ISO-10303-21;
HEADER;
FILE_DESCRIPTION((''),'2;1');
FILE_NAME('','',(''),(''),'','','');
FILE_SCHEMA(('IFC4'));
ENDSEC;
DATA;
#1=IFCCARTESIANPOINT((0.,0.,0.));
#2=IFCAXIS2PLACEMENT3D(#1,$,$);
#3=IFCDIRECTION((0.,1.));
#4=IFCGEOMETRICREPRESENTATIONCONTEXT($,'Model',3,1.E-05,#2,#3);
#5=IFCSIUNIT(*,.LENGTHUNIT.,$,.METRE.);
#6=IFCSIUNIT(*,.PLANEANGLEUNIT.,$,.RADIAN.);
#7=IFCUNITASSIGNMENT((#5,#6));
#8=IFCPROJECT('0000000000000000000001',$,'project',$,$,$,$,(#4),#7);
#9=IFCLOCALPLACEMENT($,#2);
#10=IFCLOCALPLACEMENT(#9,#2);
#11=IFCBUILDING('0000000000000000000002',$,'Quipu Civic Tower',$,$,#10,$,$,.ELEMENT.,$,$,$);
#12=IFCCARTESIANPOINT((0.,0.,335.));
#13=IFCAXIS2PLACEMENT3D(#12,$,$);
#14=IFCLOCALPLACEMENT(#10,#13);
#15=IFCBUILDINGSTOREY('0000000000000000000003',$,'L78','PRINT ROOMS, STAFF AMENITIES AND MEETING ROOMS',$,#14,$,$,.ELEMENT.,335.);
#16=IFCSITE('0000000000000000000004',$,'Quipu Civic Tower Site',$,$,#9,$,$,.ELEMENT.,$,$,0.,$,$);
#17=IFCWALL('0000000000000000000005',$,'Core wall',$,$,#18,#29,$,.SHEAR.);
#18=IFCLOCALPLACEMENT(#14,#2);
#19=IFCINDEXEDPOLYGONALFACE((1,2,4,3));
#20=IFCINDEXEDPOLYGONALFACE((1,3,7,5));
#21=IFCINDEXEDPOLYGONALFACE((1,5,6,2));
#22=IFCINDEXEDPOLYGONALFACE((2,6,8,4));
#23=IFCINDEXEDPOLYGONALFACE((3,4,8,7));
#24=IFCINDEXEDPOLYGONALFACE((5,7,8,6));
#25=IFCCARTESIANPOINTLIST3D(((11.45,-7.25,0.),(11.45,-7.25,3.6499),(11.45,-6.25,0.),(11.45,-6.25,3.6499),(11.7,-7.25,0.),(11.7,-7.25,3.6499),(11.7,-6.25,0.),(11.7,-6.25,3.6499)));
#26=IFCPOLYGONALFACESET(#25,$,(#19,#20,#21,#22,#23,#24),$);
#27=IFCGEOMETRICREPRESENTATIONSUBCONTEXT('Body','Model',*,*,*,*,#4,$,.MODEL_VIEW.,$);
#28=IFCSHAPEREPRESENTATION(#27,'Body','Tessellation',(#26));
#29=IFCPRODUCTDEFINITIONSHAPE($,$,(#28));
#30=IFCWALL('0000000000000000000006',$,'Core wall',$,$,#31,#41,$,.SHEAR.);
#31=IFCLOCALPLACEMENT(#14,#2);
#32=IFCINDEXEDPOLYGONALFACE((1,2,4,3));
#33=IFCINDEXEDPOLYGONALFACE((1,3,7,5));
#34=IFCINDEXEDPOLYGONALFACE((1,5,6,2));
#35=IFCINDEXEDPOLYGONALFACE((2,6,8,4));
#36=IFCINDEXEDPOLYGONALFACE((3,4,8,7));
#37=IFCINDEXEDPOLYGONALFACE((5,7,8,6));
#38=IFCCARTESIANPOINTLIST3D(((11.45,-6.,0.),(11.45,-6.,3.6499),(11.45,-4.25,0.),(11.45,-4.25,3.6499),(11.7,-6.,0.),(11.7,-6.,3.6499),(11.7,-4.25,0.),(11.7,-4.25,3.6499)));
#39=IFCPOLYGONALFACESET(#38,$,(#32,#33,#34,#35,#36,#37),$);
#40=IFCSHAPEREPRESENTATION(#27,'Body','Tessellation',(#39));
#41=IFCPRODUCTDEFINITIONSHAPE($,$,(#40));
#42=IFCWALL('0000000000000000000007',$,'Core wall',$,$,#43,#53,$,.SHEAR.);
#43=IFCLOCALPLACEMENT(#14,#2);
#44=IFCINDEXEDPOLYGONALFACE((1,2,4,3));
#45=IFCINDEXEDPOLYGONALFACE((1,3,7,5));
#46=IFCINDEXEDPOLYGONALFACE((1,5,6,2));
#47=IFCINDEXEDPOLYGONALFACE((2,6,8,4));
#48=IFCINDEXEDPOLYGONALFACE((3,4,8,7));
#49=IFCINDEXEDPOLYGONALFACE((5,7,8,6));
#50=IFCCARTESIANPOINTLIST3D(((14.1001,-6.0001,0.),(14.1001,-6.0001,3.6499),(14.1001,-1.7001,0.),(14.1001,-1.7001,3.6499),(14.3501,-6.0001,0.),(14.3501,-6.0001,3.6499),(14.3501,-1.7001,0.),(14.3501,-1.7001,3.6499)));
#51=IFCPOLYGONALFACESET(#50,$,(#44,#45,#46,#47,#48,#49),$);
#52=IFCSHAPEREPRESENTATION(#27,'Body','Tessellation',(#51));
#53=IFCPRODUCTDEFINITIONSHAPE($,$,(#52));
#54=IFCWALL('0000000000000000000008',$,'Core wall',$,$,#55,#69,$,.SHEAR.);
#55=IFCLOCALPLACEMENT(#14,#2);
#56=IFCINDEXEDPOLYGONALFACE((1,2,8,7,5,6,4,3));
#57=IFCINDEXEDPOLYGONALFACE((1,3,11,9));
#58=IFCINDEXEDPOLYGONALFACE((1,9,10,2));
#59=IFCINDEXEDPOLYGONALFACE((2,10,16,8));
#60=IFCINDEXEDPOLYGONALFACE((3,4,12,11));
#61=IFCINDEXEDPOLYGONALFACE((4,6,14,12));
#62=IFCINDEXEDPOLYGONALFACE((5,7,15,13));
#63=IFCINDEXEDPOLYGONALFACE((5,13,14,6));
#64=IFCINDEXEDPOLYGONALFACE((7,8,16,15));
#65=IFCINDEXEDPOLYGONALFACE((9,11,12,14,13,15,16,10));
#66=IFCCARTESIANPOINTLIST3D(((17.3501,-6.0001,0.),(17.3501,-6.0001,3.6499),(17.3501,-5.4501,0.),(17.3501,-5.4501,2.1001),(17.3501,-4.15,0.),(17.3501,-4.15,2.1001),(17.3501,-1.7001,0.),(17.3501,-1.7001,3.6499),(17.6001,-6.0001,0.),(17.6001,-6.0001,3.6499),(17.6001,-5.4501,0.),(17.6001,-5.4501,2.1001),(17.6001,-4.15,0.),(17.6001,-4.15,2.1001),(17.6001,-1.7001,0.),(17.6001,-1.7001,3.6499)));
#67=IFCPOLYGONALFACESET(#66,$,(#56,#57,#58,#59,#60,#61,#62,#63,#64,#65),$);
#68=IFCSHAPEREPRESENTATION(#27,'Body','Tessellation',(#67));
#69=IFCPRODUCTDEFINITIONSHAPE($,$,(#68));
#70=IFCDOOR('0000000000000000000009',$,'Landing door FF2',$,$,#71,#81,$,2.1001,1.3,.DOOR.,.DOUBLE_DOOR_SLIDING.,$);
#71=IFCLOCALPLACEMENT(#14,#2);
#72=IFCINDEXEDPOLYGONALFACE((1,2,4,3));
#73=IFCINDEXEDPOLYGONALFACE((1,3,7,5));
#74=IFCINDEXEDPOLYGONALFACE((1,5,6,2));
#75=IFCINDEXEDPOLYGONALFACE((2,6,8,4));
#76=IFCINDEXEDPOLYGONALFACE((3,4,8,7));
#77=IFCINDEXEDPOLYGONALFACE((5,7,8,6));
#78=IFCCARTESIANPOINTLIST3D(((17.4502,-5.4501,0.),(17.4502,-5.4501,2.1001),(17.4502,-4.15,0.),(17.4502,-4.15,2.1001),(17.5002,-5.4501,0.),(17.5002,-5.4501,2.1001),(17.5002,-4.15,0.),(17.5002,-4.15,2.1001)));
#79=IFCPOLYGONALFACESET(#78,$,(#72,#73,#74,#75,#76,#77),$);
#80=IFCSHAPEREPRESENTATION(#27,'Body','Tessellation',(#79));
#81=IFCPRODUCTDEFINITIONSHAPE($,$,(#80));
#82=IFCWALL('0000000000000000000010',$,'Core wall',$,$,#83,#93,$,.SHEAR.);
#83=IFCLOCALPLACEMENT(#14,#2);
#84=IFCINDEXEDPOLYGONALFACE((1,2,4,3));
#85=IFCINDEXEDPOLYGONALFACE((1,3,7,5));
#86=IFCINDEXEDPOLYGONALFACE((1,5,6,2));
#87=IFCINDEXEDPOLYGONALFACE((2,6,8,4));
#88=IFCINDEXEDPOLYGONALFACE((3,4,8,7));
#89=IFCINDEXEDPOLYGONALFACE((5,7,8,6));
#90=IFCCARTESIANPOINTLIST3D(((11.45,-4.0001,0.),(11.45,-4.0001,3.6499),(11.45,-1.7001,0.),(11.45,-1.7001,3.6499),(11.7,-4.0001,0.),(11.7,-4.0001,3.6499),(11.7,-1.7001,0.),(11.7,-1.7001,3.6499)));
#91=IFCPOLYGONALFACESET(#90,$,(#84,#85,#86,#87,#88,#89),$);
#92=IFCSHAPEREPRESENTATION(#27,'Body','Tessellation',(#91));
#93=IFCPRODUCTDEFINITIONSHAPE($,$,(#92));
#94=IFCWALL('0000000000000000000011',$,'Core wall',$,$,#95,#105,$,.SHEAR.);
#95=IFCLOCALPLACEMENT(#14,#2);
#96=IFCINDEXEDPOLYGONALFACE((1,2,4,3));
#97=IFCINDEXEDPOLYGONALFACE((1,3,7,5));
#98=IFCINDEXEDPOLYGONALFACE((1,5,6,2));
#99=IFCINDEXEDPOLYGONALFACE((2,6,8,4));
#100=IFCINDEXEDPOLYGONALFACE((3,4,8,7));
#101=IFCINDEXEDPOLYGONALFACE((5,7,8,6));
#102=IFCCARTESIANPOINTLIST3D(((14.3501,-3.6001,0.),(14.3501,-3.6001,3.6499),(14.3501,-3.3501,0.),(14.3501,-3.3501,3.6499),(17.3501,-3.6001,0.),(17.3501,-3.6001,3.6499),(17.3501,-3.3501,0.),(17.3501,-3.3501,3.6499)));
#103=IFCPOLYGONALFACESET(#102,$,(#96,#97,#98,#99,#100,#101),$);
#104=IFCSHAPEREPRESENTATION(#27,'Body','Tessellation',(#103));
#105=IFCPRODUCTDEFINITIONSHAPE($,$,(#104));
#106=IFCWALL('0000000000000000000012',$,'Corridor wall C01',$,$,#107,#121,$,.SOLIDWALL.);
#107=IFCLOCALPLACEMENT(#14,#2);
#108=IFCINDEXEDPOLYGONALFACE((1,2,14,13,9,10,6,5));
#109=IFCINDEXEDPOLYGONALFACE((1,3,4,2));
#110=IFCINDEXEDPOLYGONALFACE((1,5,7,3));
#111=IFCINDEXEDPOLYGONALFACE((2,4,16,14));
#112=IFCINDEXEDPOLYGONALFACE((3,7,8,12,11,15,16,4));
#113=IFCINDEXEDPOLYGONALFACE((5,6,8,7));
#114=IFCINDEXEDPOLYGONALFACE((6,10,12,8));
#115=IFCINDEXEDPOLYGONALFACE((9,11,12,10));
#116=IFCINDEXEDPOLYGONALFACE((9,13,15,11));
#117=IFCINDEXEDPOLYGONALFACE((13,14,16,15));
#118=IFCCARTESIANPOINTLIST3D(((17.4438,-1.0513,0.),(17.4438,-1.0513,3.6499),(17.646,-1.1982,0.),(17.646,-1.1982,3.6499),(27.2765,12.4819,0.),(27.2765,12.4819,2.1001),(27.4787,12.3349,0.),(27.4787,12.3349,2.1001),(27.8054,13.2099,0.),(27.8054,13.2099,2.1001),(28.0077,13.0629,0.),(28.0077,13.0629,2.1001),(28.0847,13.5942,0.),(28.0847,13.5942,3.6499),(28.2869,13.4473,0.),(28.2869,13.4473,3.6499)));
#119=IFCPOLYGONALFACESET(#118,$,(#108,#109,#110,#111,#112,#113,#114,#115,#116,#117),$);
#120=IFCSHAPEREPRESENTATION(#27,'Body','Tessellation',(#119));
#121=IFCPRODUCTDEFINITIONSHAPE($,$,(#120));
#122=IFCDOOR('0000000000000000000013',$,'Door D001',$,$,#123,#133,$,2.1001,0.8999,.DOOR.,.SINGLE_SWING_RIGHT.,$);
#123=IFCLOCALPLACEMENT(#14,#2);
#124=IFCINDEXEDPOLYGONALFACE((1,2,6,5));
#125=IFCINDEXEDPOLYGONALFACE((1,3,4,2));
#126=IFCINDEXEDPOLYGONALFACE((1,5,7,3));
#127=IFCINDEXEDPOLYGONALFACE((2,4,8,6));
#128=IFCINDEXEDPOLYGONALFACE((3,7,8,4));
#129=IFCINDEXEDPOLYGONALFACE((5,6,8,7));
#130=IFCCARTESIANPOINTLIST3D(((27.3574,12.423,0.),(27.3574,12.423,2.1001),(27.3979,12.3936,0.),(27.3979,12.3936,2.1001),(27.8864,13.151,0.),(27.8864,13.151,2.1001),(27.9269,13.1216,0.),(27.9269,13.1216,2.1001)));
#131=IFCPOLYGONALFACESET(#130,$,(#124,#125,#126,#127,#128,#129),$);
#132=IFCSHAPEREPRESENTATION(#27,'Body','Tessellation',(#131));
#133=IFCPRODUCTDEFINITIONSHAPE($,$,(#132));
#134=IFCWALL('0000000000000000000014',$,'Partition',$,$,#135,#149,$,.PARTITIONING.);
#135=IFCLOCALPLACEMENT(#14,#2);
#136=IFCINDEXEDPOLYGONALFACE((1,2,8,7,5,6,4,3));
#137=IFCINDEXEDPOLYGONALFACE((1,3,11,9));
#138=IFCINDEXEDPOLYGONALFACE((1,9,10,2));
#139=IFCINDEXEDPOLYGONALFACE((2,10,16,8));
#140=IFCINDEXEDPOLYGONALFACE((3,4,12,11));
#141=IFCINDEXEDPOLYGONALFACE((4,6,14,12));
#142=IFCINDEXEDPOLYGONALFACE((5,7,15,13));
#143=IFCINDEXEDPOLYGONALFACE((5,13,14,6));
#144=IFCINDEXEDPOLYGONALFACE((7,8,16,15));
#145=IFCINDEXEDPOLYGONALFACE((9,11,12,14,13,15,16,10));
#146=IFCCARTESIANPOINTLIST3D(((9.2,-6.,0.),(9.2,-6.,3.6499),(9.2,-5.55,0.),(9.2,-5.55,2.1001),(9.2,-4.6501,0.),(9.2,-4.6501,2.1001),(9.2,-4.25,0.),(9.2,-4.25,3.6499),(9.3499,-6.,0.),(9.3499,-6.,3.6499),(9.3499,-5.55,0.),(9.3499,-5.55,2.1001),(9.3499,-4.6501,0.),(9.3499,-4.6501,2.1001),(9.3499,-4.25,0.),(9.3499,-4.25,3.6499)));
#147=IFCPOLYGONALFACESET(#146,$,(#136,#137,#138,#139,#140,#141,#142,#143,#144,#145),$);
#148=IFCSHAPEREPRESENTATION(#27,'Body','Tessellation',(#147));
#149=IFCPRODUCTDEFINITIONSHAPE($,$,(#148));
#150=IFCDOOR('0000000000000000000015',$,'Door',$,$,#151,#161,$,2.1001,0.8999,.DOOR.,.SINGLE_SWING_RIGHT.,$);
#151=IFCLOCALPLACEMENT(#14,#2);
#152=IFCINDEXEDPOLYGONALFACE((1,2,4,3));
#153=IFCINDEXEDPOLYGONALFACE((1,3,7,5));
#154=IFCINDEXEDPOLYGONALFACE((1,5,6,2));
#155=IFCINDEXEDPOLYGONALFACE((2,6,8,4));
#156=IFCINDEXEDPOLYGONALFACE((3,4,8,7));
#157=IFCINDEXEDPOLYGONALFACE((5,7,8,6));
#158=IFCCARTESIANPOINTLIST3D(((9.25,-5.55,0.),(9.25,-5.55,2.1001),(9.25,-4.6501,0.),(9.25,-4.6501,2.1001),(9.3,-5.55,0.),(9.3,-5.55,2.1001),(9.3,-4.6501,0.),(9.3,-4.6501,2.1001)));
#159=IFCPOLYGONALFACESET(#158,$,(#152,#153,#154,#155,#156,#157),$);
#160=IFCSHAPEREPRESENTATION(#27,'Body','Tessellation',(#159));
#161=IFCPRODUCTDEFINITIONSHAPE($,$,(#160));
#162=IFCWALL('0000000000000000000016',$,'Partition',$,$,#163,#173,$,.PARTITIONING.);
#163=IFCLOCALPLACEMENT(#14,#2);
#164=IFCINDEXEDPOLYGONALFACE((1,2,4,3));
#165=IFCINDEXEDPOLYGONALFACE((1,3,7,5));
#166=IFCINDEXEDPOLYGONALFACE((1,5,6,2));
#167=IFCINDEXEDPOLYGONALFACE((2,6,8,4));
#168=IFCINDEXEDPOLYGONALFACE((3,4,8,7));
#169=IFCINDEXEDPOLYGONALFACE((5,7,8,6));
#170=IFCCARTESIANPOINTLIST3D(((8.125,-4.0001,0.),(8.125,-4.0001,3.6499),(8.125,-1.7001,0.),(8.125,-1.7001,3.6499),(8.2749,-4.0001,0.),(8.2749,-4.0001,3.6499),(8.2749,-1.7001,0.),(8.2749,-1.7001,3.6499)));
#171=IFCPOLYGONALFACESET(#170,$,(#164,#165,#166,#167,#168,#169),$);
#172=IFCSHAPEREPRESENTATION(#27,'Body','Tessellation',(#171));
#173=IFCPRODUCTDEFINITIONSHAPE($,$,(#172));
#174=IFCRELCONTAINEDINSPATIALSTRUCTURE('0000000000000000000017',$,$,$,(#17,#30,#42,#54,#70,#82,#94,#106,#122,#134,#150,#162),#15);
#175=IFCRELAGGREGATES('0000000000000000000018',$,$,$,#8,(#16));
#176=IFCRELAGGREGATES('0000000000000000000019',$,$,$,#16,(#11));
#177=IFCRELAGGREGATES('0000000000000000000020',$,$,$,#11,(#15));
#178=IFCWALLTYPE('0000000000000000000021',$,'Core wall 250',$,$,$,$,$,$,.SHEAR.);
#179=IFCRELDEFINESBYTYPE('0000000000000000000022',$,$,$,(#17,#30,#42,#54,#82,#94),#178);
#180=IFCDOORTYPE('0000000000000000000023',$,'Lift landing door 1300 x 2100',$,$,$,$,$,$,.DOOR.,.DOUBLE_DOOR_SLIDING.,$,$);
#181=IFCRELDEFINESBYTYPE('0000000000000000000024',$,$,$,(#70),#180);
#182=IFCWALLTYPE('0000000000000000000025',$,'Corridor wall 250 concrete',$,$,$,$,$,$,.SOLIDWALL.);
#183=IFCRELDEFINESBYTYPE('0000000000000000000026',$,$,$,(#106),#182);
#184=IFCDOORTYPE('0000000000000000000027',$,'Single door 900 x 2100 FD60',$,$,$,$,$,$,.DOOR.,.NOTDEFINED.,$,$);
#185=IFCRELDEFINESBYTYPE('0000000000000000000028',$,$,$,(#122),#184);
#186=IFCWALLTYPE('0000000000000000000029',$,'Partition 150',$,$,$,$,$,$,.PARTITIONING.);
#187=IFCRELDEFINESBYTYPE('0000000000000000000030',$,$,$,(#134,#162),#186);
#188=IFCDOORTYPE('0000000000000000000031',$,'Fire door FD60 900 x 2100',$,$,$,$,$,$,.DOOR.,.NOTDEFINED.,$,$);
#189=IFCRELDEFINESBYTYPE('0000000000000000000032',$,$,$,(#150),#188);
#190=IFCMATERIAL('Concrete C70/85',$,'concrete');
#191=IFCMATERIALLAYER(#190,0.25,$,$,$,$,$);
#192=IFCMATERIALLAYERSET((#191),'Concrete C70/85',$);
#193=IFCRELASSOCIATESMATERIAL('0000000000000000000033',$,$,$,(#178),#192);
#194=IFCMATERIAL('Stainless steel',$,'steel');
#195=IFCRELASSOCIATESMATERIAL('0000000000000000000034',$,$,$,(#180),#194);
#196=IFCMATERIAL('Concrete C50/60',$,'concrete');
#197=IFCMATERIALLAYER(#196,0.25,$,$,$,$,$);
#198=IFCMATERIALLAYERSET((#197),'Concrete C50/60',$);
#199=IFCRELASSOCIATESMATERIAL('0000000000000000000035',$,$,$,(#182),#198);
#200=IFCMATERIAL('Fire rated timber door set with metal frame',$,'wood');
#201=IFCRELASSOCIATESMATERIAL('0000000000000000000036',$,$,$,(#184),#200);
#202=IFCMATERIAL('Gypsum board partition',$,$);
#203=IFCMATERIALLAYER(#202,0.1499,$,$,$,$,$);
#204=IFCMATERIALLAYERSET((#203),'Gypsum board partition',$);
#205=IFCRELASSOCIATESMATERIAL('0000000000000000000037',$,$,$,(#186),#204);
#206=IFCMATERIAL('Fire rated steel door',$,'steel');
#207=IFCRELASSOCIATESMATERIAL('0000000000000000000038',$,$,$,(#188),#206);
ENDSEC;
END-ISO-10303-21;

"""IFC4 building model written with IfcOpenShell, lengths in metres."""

from ifc_helpers import new_model, si_unit, direction, frame, frame_2d, origin, place, context, subcontext, project, spatial, rectangle, extrude, material, layer, layer_set, type_object, element, fill, save


model = new_model("IFC4")

# Units and contexts
model_context = context("Model", 3, precision=1e-05, world=origin(), true_north=direction((0.0, 1.0)))
body_context = subcontext(model_context, "Body", "Model", "MODEL_VIEW")
ifc_project = project(units=[si_unit("LENGTHUNIT", "METRE"), si_unit("PLANEANGLEUNIT", "RADIAN")], contexts=[model_context])

# Site, building, storey
site_placement = place(None, origin())
site = spatial("IfcSite", under=ifc_project, at=site_placement, Name="Quipu Civic Tower Site", CompositionType="ELEMENT", RefElevation=0.0)
building_placement = place(site_placement, origin())
building = spatial("IfcBuilding", under=site, at=building_placement, Name="Quipu Civic Tower", CompositionType="ELEMENT")
storey_placement = place(building_placement, frame((0.0, 0.0, 335.0)))
storey = spatial("IfcBuildingStorey", under=building, at=storey_placement, Name="L78", Description="PRINT ROOMS, STAFF AMENITIES AND MEETING ROOMS", CompositionType="ELEMENT", Elevation=335.0)

# Walls
ifc_material_1 = material(Name="Concrete C70/85", Category="concrete")
ifc_layer_1 = layer(ifc_material_1, 0.25)
ifc_layer_set_1 = layer_set([ifc_layer_1], Name="Concrete C70/85")
wall_type_1 = type_object("IfcWallType", Name="Core wall 250", PredefinedType="SHEAR", material=ifc_layer_set_1)
wall_1_placement = place(storey_placement, frame((11.575, -7.25, 0.0), z_axis=(0.0, 0.0, 1.0), x_axis=(0.0, 1.0, 0.0)))
element("IfcWall", 1, at=wall_1_placement, inside=storey, type_object=wall_type_1, Name="Core wall", PredefinedType="SHEAR", context=body_context, shape_type="SweptSolid", body=[
    extrude(rectangle(XDim=1.0, YDim=0.25, at=frame_2d((0.5, 0.0))), origin(), (0.0, 0.0, 1.0), 3.6499),
])
wall_2_placement = place(storey_placement, frame((11.575, -6.0, 0.0), z_axis=(0.0, 0.0, 1.0), x_axis=(0.0, 1.0, 0.0)))
element("IfcWall", 2, at=wall_2_placement, inside=storey, type_object=wall_type_1, Name="Core wall", PredefinedType="SHEAR", context=body_context, shape_type="SweptSolid", body=[
    extrude(rectangle(XDim=1.75, YDim=0.25, at=frame_2d((0.875, 0.0))), origin(), (0.0, 0.0, 1.0), 3.6499),
])
wall_3_placement = place(storey_placement, frame((14.2251, -6.0, 0.0), z_axis=(0.0, 0.0, 1.0), x_axis=(0.0, 1.0, 0.0)))
element("IfcWall", 3, at=wall_3_placement, inside=storey, type_object=wall_type_1, Name="Core wall", PredefinedType="SHEAR", context=body_context, shape_type="SweptSolid", body=[
    extrude(rectangle(XDim=4.3, YDim=0.25, at=frame_2d((2.1499, 0.0))), origin(), (0.0, 0.0, 1.0), 3.6499),
])

# Wall, opening, door
wall_4_placement = place(storey_placement, frame((17.4751, -6.0, 0.0), z_axis=(0.0, 0.0, 1.0), x_axis=(0.0, 1.0, 0.0)))
wall_4 = element("IfcWall", 4, at=wall_4_placement, inside=storey, type_object=wall_type_1, Name="Core wall", PredefinedType="SHEAR", context=body_context, shape_type="SweptSolid", body=[
    extrude(rectangle(XDim=4.3, YDim=0.25, at=frame_2d((2.1499, 0.0))), origin(), (0.0, 0.0, 1.0), 3.6499),
])
opening_1_placement = place(wall_4_placement, frame((0.55, 0.0, 0.0)))
opening_1 = element("IfcOpeningElement", 5, at=opening_1_placement, cuts=wall_4, PredefinedType="OPENING", context=body_context, shape_type="SweptSolid", body=[
    extrude(rectangle(XDim=1.3, YDim=2.1001, at=frame_2d((0.6499, 1.05))), frame((0.0, 0.135, 0.0), z_axis=(0.0, -1.0, 0.0), x_axis=(1.0, 0.0, 0.0)), (0.0, 0.0, 1.0), 0.27),
])
ifc_material_2 = material(Name="Stainless steel", Category="steel")
door_type_1 = type_object("IfcDoorType", Name="Lift landing door 1300 x 2100", OperationType="DOUBLE_DOOR_SLIDING", PredefinedType="DOOR", material=ifc_material_2)
door_1_placement = place(opening_1_placement, origin())
door_1 = element("IfcDoor", 6, at=door_1_placement, inside=storey, type_object=door_type_1, Name="Landing door FF2", OperationType="DOUBLE_DOOR_SLIDING", OverallHeight=2.1001, OverallWidth=1.3, PredefinedType="DOOR", context=body_context, shape_type="SweptSolid", body=[
    extrude(rectangle(XDim=1.3, YDim=2.1001, at=frame_2d((0.6499, 1.05))), frame((0.0, 0.0249, 0.0), z_axis=(0.0, -1.0, 0.0), x_axis=(1.0, 0.0, 0.0)), (0.0, 0.0, 1.0), 0.05),
])
fill(opening_1, door_1)

# Walls
wall_5_placement = place(storey_placement, frame((11.575, -4.0, 0.0), z_axis=(0.0, 0.0, 1.0), x_axis=(0.0, 1.0, 0.0)))
element("IfcWall", 7, at=wall_5_placement, inside=storey, type_object=wall_type_1, Name="Core wall", PredefinedType="SHEAR", context=body_context, shape_type="SweptSolid", body=[
    extrude(rectangle(XDim=2.3, YDim=0.25, at=frame_2d((1.1499, 0.0))), origin(), (0.0, 0.0, 1.0), 3.6499),
])
wall_6_placement = place(storey_placement, frame((14.3501, -3.4751, 0.0), z_axis=(0.0, 0.0, 1.0), x_axis=(1.0, 0.0, 0.0)))
element("IfcWall", 8, at=wall_6_placement, inside=storey, type_object=wall_type_1, Name="Core wall", PredefinedType="SHEAR", context=body_context, shape_type="SweptSolid", body=[
    extrude(rectangle(XDim=3.0, YDim=0.25, at=frame_2d((1.5, 0.0))), origin(), (0.0, 0.0, 1.0), 3.6499),
])

# Walls, openings, doors
ifc_material_3 = material(Name="Concrete C50/60", Category="concrete")
ifc_layer_2 = layer(ifc_material_3, 0.25)
ifc_layer_set_2 = layer_set([ifc_layer_2], Name="Concrete C50/60")
wall_type_2 = type_object("IfcWallType", Name="Corridor wall 250 concrete", PredefinedType="SOLIDWALL", material=ifc_layer_set_2)
wall_7_placement = place(storey_placement, frame((17.5449, -1.1248, 0.0), z_axis=(0.0, 0.0, 1.0), x_axis=(0.587796, 0.80901, 0.0)))
wall_7 = element("IfcWall", 9, at=wall_7_placement, inside=storey, type_object=wall_type_2, Name="Corridor wall C01", PredefinedType="SOLIDWALL", context=body_context, shape_type="SweptSolid", body=[
    extrude(rectangle(XDim=18.103, YDim=0.25, at=frame_2d((9.0515, 0.0))), origin(), (0.0, 0.0, 1.0), 3.6499),
])
opening_2_placement = place(wall_7_placement, frame((16.728, 0.0, 0.0)))
opening_2 = element("IfcOpeningElement", 10, at=opening_2_placement, cuts=wall_7, PredefinedType="OPENING", context=body_context, shape_type="SweptSolid", body=[
    extrude(rectangle(XDim=0.8999, YDim=2.1001, at=frame_2d((0.45, 1.05))), frame((0.0, 0.135, 0.0), z_axis=(0.0, -1.0, 0.0), x_axis=(1.0, 0.0, 0.0)), (0.0, 0.0, 1.0), 0.27),
])
ifc_material_4 = material(Name="Fire rated timber door set with metal frame", Category="wood")
door_type_2 = type_object("IfcDoorType", Name="Single door 900 x 2100 FD60", OperationType="NOTDEFINED", PredefinedType="DOOR", material=ifc_material_4)
door_2_placement = place(opening_2_placement, origin())
door_2 = element("IfcDoor", 11, at=door_2_placement, inside=storey, type_object=door_type_2, Name="Door D001", OperationType="SINGLE_SWING_RIGHT", OverallHeight=2.1001, OverallWidth=0.8999, PredefinedType="DOOR", context=body_context, shape_type="SweptSolid", body=[
    extrude(rectangle(XDim=0.8999, YDim=2.1001, at=frame_2d((0.45, 1.05))), frame((0.0, 0.0249, 0.0), z_axis=(0.0, -1.0, 0.0), x_axis=(1.0, 0.0, 0.0)), (0.0, 0.0, 1.0), 0.05),
])
fill(opening_2, door_2)
ifc_material_5 = material(Name="Gypsum board partition")
ifc_layer_3 = layer(ifc_material_5, 0.1499)
ifc_layer_set_3 = layer_set([ifc_layer_3], Name="Gypsum board partition")
wall_type_3 = type_object("IfcWallType", Name="Partition 150", PredefinedType="PARTITIONING", material=ifc_layer_set_3)
wall_8_placement = place(storey_placement, frame((9.2749, -6.0, 0.0), z_axis=(0.0, 0.0, 1.0), x_axis=(0.0, 1.0, 0.0)))
wall_8 = element("IfcWall", 12, at=wall_8_placement, inside=storey, type_object=wall_type_3, Name="Partition", PredefinedType="PARTITIONING", context=body_context, shape_type="SweptSolid", body=[
    extrude(rectangle(XDim=1.75, YDim=0.1499, at=frame_2d((0.875, 0.0))), origin(), (0.0, 0.0, 1.0), 3.6499),
])
opening_3_placement = place(wall_8_placement, frame((0.45, 0.0, 0.0)))
opening_3 = element("IfcOpeningElement", 13, at=opening_3_placement, cuts=wall_8, PredefinedType="OPENING", context=body_context, shape_type="SweptSolid", body=[
    extrude(rectangle(XDim=0.8999, YDim=2.1001, at=frame_2d((0.45, 1.05))), frame((0.0, 0.085, 0.0), z_axis=(0.0, -1.0, 0.0), x_axis=(1.0, 0.0, 0.0)), (0.0, 0.0, 1.0), 0.1699),
])
ifc_material_6 = material(Name="Fire rated steel door", Category="steel")
door_type_3 = type_object("IfcDoorType", Name="Fire door FD60 900 x 2100", OperationType="NOTDEFINED", PredefinedType="DOOR", material=ifc_material_6)
door_3_placement = place(opening_3_placement, origin())
door_3 = element("IfcDoor", 14, at=door_3_placement, inside=storey, type_object=door_type_3, Name="Door", OperationType="SINGLE_SWING_RIGHT", OverallHeight=2.1001, OverallWidth=0.8999, PredefinedType="DOOR", context=body_context, shape_type="SweptSolid", body=[
    extrude(rectangle(XDim=0.8999, YDim=2.1001, at=frame_2d((0.45, 1.05))), frame((0.0, 0.0249, 0.0), z_axis=(0.0, -1.0, 0.0), x_axis=(1.0, 0.0, 0.0)), (0.0, 0.0, 1.0), 0.05),
])
fill(opening_3, door_3)

# Wall
wall_9_placement = place(storey_placement, frame((8.2, -4.0, 0.0), z_axis=(0.0, 0.0, 1.0), x_axis=(0.0, 1.0, 0.0)))
element("IfcWall", 15, at=wall_9_placement, inside=storey, type_object=wall_type_3, Name="Partition", PredefinedType="PARTITIONING", context=body_context, shape_type="SweptSolid", body=[
    extrude(rectangle(XDim=2.3, YDim=0.1499, at=frame_2d((1.1499, 0.0))), origin(), (0.0, 0.0, 1.0), 3.6499),
])

save(model, "model.ifc")
